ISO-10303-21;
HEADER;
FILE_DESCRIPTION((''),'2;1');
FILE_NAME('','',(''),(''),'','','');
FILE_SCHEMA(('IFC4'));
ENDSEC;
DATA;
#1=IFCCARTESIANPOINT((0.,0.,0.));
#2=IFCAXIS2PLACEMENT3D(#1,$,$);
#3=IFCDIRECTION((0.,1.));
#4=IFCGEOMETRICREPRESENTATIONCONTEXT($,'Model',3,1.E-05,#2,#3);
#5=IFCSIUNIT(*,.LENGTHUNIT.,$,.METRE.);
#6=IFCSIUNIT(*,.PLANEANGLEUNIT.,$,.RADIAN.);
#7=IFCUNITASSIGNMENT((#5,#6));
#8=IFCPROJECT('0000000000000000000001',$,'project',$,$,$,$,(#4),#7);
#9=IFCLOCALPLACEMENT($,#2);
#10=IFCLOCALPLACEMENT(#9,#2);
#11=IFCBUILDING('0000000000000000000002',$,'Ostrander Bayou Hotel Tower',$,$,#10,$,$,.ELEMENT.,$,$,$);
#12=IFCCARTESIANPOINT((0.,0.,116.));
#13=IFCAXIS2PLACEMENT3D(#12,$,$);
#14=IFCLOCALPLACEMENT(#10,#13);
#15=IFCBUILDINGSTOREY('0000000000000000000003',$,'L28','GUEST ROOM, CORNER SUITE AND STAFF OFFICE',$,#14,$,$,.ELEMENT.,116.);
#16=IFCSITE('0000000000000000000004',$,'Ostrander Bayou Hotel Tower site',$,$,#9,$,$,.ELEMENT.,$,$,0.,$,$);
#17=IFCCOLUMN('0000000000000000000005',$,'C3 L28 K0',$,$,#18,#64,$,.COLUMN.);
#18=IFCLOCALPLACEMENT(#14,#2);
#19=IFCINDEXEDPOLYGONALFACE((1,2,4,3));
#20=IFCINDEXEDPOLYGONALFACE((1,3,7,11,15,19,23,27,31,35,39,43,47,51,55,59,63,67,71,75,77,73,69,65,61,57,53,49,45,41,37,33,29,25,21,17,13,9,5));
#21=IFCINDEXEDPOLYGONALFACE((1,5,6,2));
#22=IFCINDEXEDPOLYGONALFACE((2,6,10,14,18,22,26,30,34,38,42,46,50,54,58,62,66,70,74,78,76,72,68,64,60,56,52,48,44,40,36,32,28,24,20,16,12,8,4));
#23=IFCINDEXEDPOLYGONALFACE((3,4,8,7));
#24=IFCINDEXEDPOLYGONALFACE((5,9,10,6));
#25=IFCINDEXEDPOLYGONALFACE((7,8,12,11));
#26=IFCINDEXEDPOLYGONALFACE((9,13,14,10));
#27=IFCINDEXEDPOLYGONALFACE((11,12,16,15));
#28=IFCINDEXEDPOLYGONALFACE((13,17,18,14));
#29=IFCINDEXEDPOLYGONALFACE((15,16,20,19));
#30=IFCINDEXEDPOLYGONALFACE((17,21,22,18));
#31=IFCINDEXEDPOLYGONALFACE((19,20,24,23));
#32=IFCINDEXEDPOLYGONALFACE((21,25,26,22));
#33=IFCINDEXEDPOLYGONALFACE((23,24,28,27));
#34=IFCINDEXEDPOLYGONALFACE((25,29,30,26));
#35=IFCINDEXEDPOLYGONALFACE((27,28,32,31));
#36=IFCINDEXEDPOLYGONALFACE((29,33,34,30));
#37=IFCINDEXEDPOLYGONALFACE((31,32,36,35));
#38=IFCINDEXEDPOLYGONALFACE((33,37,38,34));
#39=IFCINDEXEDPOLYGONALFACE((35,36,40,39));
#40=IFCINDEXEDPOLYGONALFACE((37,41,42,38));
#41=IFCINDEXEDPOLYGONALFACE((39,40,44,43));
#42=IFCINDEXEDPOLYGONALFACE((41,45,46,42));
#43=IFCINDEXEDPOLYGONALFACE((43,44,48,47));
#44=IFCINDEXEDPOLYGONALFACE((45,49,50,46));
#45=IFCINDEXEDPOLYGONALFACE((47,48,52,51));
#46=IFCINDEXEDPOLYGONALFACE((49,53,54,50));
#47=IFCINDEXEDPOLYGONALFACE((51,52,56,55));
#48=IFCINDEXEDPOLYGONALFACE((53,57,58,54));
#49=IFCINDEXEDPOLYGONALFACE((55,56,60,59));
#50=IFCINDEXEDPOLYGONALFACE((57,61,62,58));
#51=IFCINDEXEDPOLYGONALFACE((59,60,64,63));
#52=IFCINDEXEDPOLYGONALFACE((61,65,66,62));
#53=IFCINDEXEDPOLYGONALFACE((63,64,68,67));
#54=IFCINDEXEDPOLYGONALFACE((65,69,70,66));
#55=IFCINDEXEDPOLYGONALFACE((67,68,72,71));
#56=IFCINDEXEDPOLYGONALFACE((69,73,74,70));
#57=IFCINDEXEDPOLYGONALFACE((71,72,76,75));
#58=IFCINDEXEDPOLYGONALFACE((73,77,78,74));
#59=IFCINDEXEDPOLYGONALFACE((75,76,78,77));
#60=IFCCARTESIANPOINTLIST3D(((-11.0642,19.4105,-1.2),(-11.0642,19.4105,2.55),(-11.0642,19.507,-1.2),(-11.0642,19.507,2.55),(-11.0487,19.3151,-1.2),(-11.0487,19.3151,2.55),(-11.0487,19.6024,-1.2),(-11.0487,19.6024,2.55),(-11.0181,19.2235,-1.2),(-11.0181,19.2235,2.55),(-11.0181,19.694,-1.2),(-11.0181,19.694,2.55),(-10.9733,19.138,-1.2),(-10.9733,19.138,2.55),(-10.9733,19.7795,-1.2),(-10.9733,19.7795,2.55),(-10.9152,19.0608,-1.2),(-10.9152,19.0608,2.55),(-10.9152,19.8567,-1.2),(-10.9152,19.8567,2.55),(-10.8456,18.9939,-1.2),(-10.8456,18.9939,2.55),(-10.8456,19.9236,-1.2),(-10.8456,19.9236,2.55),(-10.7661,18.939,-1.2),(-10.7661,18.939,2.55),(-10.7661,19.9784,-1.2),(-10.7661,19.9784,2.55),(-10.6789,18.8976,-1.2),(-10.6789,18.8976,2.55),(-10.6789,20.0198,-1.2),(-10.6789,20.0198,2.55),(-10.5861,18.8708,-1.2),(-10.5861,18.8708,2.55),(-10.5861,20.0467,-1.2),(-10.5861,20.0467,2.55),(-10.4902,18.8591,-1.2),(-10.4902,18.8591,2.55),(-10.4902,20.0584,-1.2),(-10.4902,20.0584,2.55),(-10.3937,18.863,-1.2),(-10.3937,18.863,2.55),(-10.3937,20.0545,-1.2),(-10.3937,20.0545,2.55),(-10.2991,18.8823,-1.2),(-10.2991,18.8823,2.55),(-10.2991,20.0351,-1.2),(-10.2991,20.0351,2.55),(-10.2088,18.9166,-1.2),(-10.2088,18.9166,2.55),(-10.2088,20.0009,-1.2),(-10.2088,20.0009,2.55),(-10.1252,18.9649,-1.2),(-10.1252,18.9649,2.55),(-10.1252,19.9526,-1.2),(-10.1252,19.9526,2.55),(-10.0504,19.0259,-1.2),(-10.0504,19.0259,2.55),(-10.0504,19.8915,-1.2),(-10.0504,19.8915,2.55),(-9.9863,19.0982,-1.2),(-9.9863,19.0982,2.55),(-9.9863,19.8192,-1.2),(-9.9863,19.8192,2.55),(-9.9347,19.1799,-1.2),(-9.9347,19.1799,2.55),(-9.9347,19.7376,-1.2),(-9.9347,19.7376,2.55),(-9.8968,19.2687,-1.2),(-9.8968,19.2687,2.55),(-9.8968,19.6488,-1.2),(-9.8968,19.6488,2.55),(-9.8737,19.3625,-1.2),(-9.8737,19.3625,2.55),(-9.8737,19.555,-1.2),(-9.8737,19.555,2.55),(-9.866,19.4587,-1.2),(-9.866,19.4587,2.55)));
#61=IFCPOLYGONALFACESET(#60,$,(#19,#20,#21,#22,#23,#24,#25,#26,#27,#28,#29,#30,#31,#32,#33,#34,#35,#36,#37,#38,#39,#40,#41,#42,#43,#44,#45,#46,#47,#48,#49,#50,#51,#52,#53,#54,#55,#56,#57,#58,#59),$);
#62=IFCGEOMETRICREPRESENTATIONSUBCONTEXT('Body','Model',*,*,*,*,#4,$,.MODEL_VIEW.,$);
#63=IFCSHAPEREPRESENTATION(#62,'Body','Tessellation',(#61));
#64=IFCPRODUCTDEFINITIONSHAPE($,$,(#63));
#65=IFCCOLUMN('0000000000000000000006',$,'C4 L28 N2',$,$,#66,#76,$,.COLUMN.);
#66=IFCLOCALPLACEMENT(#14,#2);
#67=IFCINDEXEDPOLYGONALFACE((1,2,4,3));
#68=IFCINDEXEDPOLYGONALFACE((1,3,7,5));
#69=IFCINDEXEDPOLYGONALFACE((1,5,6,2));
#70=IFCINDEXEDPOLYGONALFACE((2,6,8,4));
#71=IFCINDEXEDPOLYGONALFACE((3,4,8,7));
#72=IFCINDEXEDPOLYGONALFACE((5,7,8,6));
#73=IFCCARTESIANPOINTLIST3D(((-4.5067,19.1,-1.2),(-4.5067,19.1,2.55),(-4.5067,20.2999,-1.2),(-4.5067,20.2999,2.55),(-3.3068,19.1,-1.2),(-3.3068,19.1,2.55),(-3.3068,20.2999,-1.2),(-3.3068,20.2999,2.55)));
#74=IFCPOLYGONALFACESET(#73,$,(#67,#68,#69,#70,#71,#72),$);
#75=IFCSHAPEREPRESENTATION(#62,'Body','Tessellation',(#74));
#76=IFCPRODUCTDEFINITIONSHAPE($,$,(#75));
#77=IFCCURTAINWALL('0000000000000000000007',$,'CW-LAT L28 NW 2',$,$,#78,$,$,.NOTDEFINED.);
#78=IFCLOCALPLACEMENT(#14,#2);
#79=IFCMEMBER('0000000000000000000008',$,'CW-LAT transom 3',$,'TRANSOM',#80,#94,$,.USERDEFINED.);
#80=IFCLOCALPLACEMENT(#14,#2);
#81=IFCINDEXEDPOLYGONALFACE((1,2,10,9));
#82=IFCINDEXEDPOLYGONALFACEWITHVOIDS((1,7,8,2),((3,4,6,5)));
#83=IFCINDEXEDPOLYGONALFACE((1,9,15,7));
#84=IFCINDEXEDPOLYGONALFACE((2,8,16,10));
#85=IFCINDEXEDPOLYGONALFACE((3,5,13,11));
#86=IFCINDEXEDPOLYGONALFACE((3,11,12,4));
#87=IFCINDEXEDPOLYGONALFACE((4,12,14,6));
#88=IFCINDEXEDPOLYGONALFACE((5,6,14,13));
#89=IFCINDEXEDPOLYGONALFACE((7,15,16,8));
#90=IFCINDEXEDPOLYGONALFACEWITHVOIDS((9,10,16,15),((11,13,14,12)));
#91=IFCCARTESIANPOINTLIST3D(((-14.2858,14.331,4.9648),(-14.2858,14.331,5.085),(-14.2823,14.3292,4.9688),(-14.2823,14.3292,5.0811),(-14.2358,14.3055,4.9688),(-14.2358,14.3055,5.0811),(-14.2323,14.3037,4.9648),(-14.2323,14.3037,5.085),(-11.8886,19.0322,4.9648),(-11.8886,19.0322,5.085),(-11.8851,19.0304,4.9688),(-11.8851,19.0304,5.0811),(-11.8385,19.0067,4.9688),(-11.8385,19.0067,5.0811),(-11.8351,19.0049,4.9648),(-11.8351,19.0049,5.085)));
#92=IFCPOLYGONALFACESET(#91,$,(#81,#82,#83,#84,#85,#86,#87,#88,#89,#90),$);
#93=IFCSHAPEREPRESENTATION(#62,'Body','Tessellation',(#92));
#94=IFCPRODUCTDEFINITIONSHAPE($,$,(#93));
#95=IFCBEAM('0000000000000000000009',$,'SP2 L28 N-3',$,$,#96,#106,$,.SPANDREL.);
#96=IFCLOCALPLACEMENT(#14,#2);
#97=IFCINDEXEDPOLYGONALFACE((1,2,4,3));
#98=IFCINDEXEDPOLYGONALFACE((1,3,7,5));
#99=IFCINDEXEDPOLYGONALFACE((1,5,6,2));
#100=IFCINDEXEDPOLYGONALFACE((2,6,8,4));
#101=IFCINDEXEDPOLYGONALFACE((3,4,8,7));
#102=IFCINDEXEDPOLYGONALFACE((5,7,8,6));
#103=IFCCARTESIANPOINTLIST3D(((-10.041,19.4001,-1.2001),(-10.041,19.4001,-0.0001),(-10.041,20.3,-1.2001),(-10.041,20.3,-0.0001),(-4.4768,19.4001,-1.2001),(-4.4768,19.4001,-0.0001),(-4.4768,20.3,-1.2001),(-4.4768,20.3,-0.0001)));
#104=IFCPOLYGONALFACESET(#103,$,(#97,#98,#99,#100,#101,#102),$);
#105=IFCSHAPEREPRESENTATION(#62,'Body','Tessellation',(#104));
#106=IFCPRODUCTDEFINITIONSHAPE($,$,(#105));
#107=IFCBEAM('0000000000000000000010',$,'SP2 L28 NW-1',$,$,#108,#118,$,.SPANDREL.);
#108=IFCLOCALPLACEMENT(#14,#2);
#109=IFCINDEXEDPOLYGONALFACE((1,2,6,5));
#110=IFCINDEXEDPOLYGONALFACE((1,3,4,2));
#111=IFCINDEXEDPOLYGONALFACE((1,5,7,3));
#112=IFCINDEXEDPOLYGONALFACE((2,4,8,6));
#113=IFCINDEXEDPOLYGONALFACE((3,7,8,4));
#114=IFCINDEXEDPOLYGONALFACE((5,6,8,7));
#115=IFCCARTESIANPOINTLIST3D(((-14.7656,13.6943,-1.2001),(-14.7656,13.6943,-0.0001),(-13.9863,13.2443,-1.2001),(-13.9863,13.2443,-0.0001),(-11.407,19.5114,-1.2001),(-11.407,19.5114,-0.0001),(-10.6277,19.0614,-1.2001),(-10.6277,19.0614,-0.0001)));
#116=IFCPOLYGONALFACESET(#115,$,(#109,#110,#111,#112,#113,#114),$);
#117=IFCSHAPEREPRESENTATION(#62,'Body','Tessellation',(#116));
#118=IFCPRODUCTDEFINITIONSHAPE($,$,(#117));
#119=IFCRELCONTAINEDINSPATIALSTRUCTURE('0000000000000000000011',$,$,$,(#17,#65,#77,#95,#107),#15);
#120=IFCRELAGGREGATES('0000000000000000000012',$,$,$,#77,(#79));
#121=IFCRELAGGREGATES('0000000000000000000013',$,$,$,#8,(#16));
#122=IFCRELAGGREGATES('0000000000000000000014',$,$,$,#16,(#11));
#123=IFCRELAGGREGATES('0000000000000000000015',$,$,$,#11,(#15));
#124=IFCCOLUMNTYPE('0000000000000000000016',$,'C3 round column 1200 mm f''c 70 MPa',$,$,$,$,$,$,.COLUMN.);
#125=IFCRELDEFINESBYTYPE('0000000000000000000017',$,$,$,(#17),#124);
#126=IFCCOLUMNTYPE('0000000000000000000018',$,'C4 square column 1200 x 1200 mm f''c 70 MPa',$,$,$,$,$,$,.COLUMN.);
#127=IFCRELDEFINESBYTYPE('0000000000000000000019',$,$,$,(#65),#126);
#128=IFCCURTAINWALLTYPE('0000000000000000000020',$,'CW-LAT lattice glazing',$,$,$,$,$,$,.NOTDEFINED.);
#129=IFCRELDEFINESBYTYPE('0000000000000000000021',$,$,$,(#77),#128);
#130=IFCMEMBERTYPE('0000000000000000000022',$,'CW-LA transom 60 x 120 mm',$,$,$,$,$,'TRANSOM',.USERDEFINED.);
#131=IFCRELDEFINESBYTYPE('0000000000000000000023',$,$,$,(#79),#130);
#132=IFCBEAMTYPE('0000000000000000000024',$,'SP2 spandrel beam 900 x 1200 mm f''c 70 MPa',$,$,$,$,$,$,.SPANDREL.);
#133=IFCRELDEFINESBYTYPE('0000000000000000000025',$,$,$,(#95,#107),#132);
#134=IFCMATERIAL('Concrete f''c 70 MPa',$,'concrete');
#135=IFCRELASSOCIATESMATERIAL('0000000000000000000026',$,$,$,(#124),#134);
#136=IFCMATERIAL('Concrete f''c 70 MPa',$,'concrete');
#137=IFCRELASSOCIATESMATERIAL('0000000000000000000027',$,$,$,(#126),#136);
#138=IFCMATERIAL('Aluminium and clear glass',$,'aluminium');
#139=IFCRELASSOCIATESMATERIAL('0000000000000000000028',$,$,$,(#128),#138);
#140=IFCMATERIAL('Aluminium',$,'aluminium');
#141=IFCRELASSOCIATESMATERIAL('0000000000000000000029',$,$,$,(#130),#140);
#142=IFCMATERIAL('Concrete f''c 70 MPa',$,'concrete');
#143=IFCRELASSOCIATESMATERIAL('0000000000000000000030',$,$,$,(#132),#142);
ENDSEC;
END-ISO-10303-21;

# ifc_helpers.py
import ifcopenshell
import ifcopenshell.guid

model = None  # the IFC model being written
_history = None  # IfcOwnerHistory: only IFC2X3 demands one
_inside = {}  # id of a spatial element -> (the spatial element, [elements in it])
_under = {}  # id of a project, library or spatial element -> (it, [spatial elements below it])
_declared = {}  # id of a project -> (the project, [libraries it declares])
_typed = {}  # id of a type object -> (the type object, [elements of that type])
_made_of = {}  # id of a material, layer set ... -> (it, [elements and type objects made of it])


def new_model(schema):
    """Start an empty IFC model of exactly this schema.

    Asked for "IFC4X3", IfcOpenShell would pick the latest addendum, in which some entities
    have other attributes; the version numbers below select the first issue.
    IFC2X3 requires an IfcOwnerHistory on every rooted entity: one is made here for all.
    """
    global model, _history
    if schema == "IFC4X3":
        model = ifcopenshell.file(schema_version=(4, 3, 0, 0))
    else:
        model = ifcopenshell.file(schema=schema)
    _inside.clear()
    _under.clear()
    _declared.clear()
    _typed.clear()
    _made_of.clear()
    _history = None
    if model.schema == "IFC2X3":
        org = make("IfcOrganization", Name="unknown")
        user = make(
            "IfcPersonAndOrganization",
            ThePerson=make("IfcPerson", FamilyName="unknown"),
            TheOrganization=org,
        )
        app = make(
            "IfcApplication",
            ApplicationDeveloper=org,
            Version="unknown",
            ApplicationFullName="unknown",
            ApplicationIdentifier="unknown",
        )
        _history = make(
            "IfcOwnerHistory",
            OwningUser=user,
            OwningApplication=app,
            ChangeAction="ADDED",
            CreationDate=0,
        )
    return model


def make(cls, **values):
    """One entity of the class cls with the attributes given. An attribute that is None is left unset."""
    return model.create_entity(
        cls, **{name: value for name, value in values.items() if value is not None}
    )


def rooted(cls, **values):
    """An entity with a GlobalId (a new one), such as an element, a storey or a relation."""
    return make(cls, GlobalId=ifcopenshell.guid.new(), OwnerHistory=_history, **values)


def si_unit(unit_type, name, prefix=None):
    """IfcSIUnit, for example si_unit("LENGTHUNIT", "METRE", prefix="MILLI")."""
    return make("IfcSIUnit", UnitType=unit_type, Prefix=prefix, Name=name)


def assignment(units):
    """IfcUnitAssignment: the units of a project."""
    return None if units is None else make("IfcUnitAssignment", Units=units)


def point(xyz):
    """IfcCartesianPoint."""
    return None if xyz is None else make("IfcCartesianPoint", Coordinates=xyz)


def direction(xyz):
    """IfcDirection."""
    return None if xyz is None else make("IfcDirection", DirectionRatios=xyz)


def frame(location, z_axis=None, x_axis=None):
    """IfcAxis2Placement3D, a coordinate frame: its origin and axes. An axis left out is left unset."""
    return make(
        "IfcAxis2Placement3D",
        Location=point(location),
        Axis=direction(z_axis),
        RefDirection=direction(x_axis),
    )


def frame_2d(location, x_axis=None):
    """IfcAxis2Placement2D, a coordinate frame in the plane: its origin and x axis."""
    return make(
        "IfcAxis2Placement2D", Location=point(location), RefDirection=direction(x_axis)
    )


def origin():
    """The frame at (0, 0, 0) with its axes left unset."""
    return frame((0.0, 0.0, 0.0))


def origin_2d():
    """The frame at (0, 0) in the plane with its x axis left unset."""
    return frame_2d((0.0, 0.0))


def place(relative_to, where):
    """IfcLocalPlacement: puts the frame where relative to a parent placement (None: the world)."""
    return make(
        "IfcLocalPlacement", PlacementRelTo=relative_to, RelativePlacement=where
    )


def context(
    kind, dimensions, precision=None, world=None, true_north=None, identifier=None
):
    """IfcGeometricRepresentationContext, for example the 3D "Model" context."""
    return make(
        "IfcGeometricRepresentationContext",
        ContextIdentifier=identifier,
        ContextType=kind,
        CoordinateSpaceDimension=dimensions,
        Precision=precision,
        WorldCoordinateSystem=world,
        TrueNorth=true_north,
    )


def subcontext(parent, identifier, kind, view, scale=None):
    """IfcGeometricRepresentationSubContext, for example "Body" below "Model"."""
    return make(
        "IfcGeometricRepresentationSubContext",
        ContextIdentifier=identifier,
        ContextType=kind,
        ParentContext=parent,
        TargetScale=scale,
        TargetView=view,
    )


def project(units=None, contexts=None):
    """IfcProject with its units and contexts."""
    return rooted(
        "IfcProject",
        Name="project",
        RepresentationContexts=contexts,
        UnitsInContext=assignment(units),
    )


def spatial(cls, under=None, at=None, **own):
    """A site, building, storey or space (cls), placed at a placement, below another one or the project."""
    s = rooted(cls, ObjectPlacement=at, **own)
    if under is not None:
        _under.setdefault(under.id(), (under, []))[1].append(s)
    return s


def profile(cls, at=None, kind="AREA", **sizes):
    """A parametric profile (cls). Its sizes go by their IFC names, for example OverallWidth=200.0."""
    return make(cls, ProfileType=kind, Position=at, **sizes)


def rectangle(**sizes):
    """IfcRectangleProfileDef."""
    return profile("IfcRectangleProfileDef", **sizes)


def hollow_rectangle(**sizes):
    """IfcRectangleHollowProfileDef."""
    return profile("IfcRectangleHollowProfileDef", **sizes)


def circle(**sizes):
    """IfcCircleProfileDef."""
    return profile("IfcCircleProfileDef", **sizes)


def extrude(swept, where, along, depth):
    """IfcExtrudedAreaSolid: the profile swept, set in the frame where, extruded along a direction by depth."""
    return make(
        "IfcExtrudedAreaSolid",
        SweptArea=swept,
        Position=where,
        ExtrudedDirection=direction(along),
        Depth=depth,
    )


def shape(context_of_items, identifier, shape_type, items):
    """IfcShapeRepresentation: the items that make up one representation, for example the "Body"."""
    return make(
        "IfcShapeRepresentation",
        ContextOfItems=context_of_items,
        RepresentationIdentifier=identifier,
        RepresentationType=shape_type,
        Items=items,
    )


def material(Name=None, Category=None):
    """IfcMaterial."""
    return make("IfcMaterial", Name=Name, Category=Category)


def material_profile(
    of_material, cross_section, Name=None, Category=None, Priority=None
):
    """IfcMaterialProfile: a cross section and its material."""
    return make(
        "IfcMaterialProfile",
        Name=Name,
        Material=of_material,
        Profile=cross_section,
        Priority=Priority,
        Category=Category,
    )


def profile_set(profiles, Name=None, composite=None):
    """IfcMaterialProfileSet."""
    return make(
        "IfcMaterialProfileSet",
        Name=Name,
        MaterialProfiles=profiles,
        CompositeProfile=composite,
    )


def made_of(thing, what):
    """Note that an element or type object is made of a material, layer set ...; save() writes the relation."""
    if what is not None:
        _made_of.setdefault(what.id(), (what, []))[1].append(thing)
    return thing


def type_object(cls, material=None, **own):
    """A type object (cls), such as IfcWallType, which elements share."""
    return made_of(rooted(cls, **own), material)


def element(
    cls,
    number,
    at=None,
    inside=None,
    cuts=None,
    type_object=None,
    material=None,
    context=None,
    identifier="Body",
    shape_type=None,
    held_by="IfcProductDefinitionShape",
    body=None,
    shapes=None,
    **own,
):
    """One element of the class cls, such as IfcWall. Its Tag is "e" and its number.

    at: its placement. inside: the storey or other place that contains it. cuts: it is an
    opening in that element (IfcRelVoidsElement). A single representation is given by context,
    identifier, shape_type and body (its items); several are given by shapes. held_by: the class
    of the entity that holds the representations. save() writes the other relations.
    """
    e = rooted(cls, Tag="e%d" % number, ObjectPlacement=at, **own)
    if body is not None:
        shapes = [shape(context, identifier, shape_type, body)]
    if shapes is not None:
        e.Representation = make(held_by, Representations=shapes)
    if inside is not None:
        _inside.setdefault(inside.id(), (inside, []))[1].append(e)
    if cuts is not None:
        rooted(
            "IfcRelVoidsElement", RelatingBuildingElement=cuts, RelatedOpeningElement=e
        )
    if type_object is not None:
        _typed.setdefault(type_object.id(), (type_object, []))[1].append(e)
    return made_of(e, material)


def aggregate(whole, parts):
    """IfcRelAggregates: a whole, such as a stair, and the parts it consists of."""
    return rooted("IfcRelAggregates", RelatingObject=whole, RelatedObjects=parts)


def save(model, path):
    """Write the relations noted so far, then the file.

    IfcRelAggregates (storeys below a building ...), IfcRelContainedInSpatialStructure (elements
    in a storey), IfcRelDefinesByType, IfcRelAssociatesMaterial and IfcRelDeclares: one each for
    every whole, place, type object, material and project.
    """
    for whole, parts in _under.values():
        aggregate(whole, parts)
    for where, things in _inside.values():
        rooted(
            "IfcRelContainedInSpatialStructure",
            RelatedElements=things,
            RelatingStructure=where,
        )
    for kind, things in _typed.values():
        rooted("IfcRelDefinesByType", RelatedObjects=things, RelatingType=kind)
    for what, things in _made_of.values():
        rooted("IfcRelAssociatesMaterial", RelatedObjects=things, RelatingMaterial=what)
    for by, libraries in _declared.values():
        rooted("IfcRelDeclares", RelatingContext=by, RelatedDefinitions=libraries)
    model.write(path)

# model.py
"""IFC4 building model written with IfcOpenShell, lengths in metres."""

from ifc_helpers import new_model, si_unit, direction, frame, origin, origin_2d, place, context, subcontext, project, spatial, rectangle, hollow_rectangle, circle, extrude, material, material_profile, profile_set, type_object, element, aggregate, save


model = new_model("IFC4")

# Units and contexts
model_context = context("Model", 3, precision=1e-05, world=origin(), true_north=direction((0.0, 1.0)))
body_context = subcontext(model_context, "Body", "Model", "MODEL_VIEW")
ifc_project = project(units=[si_unit("LENGTHUNIT", "METRE"), si_unit("PLANEANGLEUNIT", "RADIAN")], contexts=[model_context])

# Site, building, storey
site_placement = place(None, origin())
site = spatial("IfcSite", under=ifc_project, at=site_placement, Name="Ostrander Bayou Hotel Tower site", CompositionType="ELEMENT", RefElevation=0.0)
building_placement = place(site_placement, origin())
building = spatial("IfcBuilding", under=site, at=building_placement, Name="Ostrander Bayou Hotel Tower", CompositionType="ELEMENT")
storey_placement = place(building_placement, frame((0.0, 0.0, 116.0)))
storey = spatial("IfcBuildingStorey", under=building, at=storey_placement, Name="L28", Description="GUEST ROOM, CORNER SUITE AND STAFF OFFICE", CompositionType="ELEMENT", Elevation=116.0)

# Columns
ifc_material_1 = material(Name="Concrete f'c 70 MPa", Category="concrete")
ifc_material_profile_1 = material_profile(ifc_material_1, circle(Radius=0.6001, at=origin_2d()))
ifc_profile_set_1 = profile_set([ifc_material_profile_1], Name="Concrete f'c 70 MPa")
column_type_1 = type_object("IfcColumnType", Name="C3 round column 1200 mm f'c 70 MPa", PredefinedType="COLUMN", material=ifc_profile_set_1)
column_1_placement = place(storey_placement, frame((-10.4661, 19.4587, -1.2), z_axis=(0.0, 0.0, 1.0), x_axis=(1.0, 0.0, 0.0)))
element("IfcColumn", 1, at=column_1_placement, inside=storey, type_object=column_type_1, Name="C3 L28 K0", PredefinedType="COLUMN", context=body_context, shape_type="SweptSolid", body=[
    extrude(circle(Radius=0.6001, at=origin_2d()), origin(), (0.0, 0.0, 1.0), 3.75),
])
ifc_material_2 = material(Name="Concrete f'c 70 MPa", Category="concrete")
ifc_material_profile_2 = material_profile(ifc_material_2, rectangle(XDim=1.2, YDim=1.2, at=origin_2d()))
ifc_profile_set_2 = profile_set([ifc_material_profile_2], Name="Concrete f'c 70 MPa")
column_type_2 = type_object("IfcColumnType", Name="C4 square column 1200 x 1200 mm f'c 70 MPa", PredefinedType="COLUMN", material=ifc_profile_set_2)
column_2_placement = place(storey_placement, frame((-3.9067, 19.7, -1.2), z_axis=(0.0, 0.0, 1.0), x_axis=(1.0, 0.0, 0.0)))
element("IfcColumn", 2, at=column_2_placement, inside=storey, type_object=column_type_2, Name="C4 L28 N2", PredefinedType="COLUMN", context=body_context, shape_type="SweptSolid", body=[
    extrude(rectangle(XDim=1.2, YDim=1.2, at=origin_2d()), origin(), (0.0, 0.0, 1.0), 3.75),
])

# Curtain wall, member
ifc_material_3 = material(Name="Aluminium and clear glass", Category="aluminium")
curtain_wall_type = type_object("IfcCurtainWallType", Name="CW-LAT lattice glazing", PredefinedType="NOTDEFINED", material=ifc_material_3)
curtain_wall_placement = place(storey_placement, origin())
curtain_wall = element("IfcCurtainWall", 3, at=curtain_wall_placement, inside=storey, type_object=curtain_wall_type, Name="CW-LAT L28 NW 2", PredefinedType="NOTDEFINED")
ifc_material_4 = material(Name="Aluminium", Category="aluminium")
ifc_material_profile_3 = material_profile(ifc_material_4, hollow_rectangle(XDim=0.0601, YDim=0.1201, WallThickness=0.0039, at=origin_2d()))
ifc_profile_set_3 = profile_set([ifc_material_profile_3], Name="Aluminium")
member_type = type_object("IfcMemberType", Name="CW-LA transom 60 x 120 mm", ElementType="TRANSOM", PredefinedType="USERDEFINED", material=ifc_profile_set_3)
member_placement = place(storey_placement, frame((-11.8618, 19.0186, 5.0249), z_axis=(-0.454269, -0.890865, 0.0), x_axis=(0.890865, -0.454269, 0.0)))
member = element("IfcMember", 4, at=member_placement, type_object=member_type, Name="CW-LAT transom 3", ObjectType="TRANSOM", PredefinedType="USERDEFINED", context=body_context, shape_type="SweptSolid", body=[
    extrude(hollow_rectangle(XDim=0.0601, YDim=0.1201, WallThickness=0.0039, at=origin_2d()), origin(), (0.0, 0.0, 1.0), 5.2771),
])
aggregate(curtain_wall, [member])

# Beams
ifc_material_5 = material(Name="Concrete f'c 70 MPa", Category="concrete")
ifc_material_profile_4 = material_profile(ifc_material_5, rectangle(XDim=0.8999, YDim=1.2, at=origin_2d()))
ifc_profile_set_4 = profile_set([ifc_material_profile_4], Name="Concrete f'c 70 MPa")
beam_type = type_object("IfcBeamType", Name="SP2 spandrel beam 900 x 1200 mm f'c 70 MPa", PredefinedType="SPANDREL", material=ifc_profile_set_4)
beam_1_placement = place(storey_placement, frame((-4.4768, 19.8501, -0.6001), z_axis=(-1.0, 0.0, 0.0), x_axis=(0.0, -1.0, 0.0)))
element("IfcBeam", 5, at=beam_1_placement, inside=storey, type_object=beam_type, Name="SP2 L28 N-3", PredefinedType="SPANDREL", context=body_context, shape_type="SweptSolid", body=[
    extrude(rectangle(XDim=0.8999, YDim=1.2, at=origin_2d()), origin(), (0.0, 0.0, 1.0), 5.5642),
])
beam_2_placement = place(storey_placement, frame((-11.0173, 19.2864, -0.6001), z_axis=(-0.500013, -0.866018, 0.0), x_axis=(0.866018, -0.500013, 0.0)))
element("IfcBeam", 6, at=beam_2_placement, inside=storey, type_object=beam_type, Name="SP2 L28 NW-1", PredefinedType="SPANDREL", context=body_context, shape_type="SweptSolid", body=[
    extrude(rectangle(XDim=0.8999, YDim=1.2, at=origin_2d()), origin(), (0.0, 0.0, 1.0), 6.717),
])

save(model, "model.ifc")
